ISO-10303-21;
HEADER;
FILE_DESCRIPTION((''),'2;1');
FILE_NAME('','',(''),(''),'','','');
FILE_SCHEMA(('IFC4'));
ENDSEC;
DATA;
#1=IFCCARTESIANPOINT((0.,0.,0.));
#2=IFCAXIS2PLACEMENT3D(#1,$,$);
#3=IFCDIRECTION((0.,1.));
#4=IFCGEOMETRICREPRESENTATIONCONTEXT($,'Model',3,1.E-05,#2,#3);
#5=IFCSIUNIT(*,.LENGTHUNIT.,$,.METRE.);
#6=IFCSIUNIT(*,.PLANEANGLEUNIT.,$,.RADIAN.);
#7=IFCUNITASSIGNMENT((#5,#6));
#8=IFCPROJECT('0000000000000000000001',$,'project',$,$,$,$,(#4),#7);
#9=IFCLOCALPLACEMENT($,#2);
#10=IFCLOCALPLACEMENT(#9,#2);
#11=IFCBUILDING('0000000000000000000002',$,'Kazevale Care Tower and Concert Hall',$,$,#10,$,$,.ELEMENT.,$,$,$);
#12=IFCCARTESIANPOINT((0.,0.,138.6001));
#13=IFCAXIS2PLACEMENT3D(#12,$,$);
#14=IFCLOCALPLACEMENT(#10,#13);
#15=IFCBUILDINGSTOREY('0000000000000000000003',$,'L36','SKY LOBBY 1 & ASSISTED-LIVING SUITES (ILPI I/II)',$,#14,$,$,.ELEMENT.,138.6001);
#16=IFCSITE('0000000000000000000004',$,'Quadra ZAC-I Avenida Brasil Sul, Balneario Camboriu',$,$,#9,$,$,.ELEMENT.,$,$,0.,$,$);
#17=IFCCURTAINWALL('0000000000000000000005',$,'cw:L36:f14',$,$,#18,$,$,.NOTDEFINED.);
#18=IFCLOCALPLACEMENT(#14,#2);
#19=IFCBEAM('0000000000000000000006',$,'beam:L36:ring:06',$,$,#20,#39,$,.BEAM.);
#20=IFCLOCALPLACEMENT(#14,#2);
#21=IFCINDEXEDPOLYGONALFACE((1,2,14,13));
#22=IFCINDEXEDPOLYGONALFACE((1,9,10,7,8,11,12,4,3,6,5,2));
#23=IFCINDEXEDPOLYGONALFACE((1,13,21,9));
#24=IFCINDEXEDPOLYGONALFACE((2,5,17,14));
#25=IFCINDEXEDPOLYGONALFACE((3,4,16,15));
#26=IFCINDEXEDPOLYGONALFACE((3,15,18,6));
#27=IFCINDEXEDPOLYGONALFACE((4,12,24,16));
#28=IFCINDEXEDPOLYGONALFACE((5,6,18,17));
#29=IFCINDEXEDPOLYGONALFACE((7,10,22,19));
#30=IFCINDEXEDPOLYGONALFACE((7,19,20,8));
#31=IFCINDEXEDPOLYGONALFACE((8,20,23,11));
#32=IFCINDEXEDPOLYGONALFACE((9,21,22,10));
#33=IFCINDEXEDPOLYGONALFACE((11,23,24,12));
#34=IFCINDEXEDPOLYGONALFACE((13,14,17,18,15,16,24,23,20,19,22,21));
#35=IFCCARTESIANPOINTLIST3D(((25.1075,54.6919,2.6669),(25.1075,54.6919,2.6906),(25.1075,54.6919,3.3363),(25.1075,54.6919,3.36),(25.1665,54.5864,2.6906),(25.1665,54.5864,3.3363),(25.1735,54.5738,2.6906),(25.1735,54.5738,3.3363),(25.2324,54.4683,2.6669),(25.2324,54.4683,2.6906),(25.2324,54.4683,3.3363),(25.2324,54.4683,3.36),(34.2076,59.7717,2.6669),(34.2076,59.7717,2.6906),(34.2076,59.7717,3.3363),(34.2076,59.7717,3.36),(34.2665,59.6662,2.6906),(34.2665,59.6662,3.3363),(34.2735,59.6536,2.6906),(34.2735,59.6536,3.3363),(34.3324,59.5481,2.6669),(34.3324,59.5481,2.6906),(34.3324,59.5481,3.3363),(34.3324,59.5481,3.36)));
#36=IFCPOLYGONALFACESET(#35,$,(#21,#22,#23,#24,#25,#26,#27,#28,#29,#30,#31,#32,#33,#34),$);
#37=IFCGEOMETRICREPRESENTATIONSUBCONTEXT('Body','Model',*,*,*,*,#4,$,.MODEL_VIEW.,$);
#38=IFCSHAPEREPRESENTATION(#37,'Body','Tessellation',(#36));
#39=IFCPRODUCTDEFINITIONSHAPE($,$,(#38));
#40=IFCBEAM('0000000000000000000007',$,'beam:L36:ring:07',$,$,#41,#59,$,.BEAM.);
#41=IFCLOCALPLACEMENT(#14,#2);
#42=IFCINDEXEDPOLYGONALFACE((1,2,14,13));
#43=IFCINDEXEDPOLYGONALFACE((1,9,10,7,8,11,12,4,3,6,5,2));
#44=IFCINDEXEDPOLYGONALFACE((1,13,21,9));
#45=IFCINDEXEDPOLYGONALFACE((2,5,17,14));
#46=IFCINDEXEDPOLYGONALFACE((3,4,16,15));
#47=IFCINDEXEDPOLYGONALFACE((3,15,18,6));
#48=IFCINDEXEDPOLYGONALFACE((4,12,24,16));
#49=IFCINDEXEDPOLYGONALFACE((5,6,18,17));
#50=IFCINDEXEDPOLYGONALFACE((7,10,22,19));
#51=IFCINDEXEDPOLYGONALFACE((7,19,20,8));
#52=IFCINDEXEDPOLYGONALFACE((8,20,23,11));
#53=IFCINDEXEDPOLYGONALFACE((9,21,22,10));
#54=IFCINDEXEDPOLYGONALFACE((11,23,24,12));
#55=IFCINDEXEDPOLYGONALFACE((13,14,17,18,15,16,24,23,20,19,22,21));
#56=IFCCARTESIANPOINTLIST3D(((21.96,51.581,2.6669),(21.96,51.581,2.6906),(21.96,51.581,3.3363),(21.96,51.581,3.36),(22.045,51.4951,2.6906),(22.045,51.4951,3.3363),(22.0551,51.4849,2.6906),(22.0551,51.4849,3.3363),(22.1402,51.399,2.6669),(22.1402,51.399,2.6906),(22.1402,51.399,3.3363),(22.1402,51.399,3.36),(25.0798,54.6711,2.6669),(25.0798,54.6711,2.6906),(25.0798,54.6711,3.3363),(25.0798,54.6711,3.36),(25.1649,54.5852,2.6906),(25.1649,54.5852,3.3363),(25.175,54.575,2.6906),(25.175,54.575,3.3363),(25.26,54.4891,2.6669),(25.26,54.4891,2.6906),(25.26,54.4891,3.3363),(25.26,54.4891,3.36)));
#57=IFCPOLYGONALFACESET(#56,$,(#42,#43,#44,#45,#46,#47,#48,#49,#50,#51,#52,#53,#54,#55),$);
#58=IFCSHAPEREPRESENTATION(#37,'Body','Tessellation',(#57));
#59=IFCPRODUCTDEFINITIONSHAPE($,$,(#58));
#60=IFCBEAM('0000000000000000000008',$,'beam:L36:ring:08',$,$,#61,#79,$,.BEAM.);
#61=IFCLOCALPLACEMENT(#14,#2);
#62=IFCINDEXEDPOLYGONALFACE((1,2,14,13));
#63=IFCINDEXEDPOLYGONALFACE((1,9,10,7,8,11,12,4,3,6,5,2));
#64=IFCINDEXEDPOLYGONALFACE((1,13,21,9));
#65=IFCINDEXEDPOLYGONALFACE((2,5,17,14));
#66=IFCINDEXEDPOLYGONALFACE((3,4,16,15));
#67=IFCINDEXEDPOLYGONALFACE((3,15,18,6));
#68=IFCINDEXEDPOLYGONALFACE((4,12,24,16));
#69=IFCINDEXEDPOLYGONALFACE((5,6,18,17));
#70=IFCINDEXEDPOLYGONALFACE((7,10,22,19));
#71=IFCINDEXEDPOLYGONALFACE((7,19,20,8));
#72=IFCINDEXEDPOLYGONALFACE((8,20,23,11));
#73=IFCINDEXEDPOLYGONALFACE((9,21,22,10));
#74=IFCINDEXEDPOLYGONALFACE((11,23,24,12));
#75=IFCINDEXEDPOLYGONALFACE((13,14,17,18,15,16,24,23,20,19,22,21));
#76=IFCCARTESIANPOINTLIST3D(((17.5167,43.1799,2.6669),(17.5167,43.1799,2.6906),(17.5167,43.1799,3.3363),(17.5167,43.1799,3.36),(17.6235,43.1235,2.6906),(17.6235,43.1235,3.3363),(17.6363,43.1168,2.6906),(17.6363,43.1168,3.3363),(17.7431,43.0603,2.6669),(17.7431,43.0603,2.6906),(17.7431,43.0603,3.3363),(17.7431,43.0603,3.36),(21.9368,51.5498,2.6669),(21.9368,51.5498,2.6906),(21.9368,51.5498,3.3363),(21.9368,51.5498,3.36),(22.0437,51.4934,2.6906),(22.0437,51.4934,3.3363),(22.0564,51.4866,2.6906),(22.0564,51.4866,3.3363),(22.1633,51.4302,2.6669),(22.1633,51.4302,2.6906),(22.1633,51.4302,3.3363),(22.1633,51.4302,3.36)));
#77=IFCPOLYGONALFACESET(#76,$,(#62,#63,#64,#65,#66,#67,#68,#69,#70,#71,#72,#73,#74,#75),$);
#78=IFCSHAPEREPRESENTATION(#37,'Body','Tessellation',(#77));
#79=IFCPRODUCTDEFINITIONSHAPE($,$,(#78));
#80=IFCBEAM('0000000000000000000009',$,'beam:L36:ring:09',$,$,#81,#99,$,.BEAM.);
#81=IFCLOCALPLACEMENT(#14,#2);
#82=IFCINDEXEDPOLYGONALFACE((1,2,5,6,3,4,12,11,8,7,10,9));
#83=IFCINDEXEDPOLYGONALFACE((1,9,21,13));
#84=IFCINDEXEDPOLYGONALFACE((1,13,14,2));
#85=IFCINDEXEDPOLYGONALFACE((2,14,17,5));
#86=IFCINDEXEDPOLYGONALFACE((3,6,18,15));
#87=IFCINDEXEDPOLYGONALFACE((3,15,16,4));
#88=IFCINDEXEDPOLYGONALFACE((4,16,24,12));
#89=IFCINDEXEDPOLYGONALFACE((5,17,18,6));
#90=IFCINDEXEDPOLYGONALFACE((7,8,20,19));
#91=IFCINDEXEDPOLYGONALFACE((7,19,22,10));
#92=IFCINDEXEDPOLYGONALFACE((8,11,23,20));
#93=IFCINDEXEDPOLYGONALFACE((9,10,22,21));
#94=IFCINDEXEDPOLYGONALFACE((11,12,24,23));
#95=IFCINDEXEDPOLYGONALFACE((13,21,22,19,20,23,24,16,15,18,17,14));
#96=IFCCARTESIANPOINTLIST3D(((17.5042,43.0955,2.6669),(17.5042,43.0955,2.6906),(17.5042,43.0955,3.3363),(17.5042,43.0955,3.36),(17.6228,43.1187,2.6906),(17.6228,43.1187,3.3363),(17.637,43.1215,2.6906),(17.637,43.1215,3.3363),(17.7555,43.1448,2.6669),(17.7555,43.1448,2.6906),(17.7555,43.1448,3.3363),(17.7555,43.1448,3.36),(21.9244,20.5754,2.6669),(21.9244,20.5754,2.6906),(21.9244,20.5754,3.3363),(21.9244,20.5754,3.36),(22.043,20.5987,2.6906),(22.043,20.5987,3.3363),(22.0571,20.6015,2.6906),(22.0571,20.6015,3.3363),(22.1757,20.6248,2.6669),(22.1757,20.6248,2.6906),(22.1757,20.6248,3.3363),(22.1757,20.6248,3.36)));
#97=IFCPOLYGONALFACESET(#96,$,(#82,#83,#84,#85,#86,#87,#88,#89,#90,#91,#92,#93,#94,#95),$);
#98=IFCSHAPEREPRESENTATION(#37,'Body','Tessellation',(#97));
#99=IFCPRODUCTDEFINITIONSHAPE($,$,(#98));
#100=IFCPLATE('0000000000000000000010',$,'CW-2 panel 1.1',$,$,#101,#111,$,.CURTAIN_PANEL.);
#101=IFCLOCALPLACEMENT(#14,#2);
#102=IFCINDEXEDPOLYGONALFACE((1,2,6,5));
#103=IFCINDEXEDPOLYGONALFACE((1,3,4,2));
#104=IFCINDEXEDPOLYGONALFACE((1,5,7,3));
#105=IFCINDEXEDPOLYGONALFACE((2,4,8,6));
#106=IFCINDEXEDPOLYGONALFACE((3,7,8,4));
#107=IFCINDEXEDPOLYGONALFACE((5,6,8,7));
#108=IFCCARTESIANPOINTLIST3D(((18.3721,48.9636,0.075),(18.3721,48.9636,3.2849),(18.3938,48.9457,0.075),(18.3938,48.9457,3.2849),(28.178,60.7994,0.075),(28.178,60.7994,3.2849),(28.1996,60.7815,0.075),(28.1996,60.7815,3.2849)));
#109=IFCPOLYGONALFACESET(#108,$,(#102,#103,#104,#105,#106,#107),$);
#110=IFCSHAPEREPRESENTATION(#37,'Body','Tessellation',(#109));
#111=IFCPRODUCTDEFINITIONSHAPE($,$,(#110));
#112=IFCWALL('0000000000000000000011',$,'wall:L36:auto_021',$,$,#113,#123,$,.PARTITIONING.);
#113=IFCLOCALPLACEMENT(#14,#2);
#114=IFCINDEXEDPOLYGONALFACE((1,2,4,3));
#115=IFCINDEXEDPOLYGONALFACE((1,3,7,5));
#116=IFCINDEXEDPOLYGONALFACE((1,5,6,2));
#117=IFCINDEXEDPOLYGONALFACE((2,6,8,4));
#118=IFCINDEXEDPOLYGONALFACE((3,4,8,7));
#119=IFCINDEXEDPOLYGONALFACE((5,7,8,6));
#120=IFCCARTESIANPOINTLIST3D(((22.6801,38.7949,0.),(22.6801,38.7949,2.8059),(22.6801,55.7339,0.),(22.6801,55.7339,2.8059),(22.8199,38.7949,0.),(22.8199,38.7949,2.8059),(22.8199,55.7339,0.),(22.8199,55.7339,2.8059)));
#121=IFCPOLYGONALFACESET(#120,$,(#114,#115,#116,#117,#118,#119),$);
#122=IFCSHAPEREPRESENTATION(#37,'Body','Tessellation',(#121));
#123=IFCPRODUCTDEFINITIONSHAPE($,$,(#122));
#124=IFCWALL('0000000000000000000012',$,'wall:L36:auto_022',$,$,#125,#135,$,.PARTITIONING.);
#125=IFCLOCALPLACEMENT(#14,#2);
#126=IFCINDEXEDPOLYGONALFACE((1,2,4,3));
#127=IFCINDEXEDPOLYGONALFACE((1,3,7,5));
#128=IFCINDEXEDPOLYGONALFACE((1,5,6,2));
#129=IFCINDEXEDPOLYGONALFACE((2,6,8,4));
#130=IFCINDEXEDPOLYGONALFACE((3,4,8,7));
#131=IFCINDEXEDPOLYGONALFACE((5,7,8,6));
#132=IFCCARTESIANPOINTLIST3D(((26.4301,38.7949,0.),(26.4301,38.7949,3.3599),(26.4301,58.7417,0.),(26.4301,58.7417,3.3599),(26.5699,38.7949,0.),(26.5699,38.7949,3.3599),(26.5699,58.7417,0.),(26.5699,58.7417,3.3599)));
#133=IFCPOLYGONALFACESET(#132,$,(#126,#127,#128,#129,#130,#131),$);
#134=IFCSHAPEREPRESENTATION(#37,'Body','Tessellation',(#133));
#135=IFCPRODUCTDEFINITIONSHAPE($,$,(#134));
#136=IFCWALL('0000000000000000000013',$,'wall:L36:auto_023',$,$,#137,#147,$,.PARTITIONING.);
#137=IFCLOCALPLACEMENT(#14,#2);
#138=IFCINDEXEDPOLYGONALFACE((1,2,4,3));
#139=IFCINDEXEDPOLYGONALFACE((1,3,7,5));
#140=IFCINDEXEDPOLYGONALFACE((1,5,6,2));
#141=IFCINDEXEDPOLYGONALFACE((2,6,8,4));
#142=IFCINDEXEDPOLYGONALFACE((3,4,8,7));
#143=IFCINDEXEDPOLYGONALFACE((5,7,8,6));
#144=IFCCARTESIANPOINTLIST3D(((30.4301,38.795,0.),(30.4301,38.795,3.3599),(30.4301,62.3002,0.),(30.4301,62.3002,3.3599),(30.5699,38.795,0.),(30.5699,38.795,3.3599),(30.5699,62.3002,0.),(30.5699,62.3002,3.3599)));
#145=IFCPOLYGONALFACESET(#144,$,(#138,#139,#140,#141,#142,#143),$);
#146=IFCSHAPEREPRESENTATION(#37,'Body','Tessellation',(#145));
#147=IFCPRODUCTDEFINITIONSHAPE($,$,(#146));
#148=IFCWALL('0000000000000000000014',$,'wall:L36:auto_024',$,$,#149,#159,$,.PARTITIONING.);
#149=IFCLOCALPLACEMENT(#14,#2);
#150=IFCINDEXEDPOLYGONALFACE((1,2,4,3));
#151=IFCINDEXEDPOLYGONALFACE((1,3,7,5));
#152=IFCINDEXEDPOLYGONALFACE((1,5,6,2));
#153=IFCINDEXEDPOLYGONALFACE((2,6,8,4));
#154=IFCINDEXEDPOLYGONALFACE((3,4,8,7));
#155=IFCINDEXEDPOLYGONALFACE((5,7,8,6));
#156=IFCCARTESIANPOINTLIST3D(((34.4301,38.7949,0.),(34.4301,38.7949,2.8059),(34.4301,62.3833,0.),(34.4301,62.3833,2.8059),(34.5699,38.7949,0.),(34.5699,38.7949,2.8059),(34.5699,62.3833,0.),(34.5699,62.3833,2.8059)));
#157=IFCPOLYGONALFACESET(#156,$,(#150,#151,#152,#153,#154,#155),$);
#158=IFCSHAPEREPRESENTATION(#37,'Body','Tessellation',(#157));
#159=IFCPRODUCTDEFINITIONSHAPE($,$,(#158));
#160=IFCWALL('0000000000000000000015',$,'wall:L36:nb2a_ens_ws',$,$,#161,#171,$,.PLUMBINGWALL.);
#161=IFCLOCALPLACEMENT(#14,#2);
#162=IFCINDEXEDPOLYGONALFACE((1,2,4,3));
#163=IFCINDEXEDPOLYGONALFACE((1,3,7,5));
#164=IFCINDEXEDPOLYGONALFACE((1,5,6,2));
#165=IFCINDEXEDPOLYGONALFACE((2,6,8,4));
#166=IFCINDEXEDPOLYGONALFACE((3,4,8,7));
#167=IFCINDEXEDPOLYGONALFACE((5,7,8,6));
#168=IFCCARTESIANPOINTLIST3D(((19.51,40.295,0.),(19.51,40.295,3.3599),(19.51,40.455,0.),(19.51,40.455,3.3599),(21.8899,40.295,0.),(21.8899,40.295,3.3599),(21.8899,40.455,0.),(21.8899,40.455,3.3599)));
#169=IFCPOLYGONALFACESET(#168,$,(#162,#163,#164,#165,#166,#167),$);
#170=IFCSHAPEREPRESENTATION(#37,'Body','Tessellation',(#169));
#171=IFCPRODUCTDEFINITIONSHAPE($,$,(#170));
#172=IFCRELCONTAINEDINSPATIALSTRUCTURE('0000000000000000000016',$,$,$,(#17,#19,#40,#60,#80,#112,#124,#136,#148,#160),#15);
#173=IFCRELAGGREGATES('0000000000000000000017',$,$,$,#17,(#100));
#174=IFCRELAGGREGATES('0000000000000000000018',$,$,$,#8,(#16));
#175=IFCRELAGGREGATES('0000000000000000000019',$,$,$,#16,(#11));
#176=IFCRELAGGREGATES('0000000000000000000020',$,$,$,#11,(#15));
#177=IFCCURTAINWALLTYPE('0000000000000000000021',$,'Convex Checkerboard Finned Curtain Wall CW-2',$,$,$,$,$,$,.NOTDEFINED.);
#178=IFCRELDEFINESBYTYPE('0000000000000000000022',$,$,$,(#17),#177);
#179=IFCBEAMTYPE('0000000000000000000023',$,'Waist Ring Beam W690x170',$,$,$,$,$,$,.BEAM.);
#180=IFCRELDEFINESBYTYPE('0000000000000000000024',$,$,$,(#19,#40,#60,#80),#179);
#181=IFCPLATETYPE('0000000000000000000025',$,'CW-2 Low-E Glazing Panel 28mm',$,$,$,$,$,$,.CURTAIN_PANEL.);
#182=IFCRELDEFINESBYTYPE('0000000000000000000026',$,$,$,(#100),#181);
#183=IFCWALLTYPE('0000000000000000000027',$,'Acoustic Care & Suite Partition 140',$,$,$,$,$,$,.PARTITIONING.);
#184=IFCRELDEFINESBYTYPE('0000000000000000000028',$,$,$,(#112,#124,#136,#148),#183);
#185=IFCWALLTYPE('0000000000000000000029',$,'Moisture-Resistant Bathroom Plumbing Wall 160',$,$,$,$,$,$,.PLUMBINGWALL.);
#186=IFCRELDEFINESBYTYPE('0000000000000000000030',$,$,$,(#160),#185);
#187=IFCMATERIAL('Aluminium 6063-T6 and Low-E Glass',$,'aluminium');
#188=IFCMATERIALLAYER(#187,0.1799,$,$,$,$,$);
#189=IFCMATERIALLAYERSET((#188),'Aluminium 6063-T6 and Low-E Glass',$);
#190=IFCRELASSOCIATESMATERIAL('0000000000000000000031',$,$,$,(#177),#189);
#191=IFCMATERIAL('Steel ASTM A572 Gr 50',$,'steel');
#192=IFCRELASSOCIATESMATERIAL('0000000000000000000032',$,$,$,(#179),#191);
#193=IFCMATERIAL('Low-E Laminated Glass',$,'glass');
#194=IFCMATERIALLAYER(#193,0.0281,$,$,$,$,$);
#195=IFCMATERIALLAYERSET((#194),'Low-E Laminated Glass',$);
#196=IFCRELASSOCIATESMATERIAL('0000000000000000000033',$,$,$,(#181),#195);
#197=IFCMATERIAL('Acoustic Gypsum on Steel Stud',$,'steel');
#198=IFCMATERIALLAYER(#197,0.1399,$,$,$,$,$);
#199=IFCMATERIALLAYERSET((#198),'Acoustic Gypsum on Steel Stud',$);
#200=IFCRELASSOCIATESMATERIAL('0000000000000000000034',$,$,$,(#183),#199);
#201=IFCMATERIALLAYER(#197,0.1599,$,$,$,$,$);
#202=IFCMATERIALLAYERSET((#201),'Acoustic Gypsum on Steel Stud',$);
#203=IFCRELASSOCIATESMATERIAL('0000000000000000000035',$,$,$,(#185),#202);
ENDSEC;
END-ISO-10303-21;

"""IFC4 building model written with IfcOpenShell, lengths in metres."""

from ifc_helpers import new_model, si_unit, direction, frame, frame_2d, origin, origin_2d, place, context, subcontext, project, spatial, rectangle, i_section, extrude, material, layer, layer_set, material_profile, profile_set, type_object, element, aggregate, save


model = new_model("IFC4")

# Units and contexts
model_context = context("Model", 3, precision=1e-05, world=origin(), true_north=direction((0.0, 1.0)))
body_context = subcontext(model_context, "Body", "Model", "MODEL_VIEW")
ifc_project = project(units=[si_unit("LENGTHUNIT", "METRE"), si_unit("PLANEANGLEUNIT", "RADIAN")], contexts=[model_context])

# Site, building, storey
site_placement = place(None, origin())
site = spatial("IfcSite", under=ifc_project, at=site_placement, Name="Quadra ZAC-I Avenida Brasil Sul, Balneario Camboriu", CompositionType="ELEMENT", RefElevation=0.0)
building_placement = place(site_placement, origin())
building = spatial("IfcBuilding", under=site, at=building_placement, Name="Kazevale Care Tower and Concert Hall", CompositionType="ELEMENT")
storey_placement = place(building_placement, frame((0.0, 0.0, 138.6001)))
storey = spatial("IfcBuildingStorey", under=building, at=storey_placement, Name="L36", Description="SKY LOBBY 1 & ASSISTED-LIVING SUITES (ILPI I/II)", CompositionType="ELEMENT", Elevation=138.6001)

# Curtain wall
ifc_material_1 = material(Name="Aluminium 6063-T6 and Low-E Glass", Category="aluminium")
ifc_layer_1 = layer(ifc_material_1, 0.1799)
ifc_layer_set_1 = layer_set([ifc_layer_1], Name="Aluminium 6063-T6 and Low-E Glass")
curtain_wall_type_1 = type_object("IfcCurtainWallType", Name="Convex Checkerboard Finned Curtain Wall CW-2", PredefinedType="NOTDEFINED", material=ifc_layer_set_1)
curtain_wall_1_placement = place(storey_placement, origin())
curtain_wall_1 = element("IfcCurtainWall", 1, at=curtain_wall_1_placement, inside=storey, type_object=curtain_wall_type_1, Name="cw:L36:f14", PredefinedType="NOTDEFINED")

# Beams
ifc_material_2 = material(Name="Steel ASTM A572 Gr 50", Category="steel")
ifc_material_profile_1 = material_profile(ifc_material_2, i_section(OverallWidth=0.2561, OverallDepth=0.6931, WebThickness=0.0144, FlangeThickness=0.0237, at=origin_2d()), Name="W690x170")
ifc_profile_set_1 = profile_set([ifc_material_profile_1], Name="Steel ASTM A572 Gr 50")
beam_type_1 = type_object("IfcBeamType", Name="Waist Ring Beam W690x170", PredefinedType="BEAM", material=ifc_profile_set_1)
beam_1_placement = place(storey_placement, frame((34.27, 59.6599, 3.0134), z_axis=(-0.873169, -0.487418, 0.0), x_axis=(0.487418, -0.873169, 0.0)))
element("IfcBeam", 2, at=beam_1_placement, inside=storey, type_object=beam_type_1, Name="beam:L36:ring:06", PredefinedType="BEAM", context=body_context, shape_type="SweptSolid", body=[
    extrude(i_section(OverallWidth=0.2561, OverallDepth=0.6931, WebThickness=0.0144, FlangeThickness=0.0237, at=origin_2d()), origin(), (0.0, 0.0, 1.0), 10.4219),
])
beam_2_placement = place(storey_placement, frame((25.1699, 54.5801, 3.0134), z_axis=(-0.71049, -0.703707, 0.0), x_axis=(0.703707, -0.71049, 0.0)))
element("IfcBeam", 3, at=beam_2_placement, inside=storey, type_object=beam_type_1, Name="beam:L36:ring:07", PredefinedType="BEAM", context=body_context, shape_type="SweptSolid", body=[
    extrude(i_section(OverallWidth=0.2561, OverallDepth=0.6931, WebThickness=0.0144, FlangeThickness=0.0237, at=origin_2d()), origin(), (0.0, 0.0, 1.0), 4.3911),
])
beam_3_placement = place(storey_placement, frame((22.05, 51.49, 3.0134), z_axis=(-0.466984, -0.884266, 0.0), x_axis=(0.884266, -0.466984, 0.0)))
element("IfcBeam", 4, at=beam_3_placement, inside=storey, type_object=beam_type_1, Name="beam:L36:ring:08", PredefinedType="BEAM", context=body_context, shape_type="SweptSolid", body=[
    extrude(i_section(OverallWidth=0.2561, OverallDepth=0.6931, WebThickness=0.0144, FlangeThickness=0.0237, at=origin_2d()), origin(), (0.0, 0.0, 1.0), 9.4653),
])
beam_4_placement = place(storey_placement, frame((17.6299, 43.1201, 3.0134), z_axis=(0.192602, -0.981277, 0.0), x_axis=(0.981277, 0.192602, 0.0)))
element("IfcBeam", 5, at=beam_4_placement, inside=storey, type_object=beam_type_1, Name="beam:L36:ring:09", PredefinedType="BEAM", context=body_context, shape_type="SweptSolid", body=[
    extrude(i_section(OverallWidth=0.2561, OverallDepth=0.6931, WebThickness=0.0144, FlangeThickness=0.0237, at=origin_2d()), origin(), (0.0, 0.0, 1.0), 22.9497),
])

# Plate
ifc_material_3 = material(Name="Low-E Laminated Glass", Category="glass")
ifc_layer_2 = layer(ifc_material_3, 0.0281)
ifc_layer_set_2 = layer_set([ifc_layer_2], Name="Low-E Laminated Glass")
plate_type = type_object("IfcPlateType", Name="CW-2 Low-E Glazing Panel 28mm", PredefinedType="CURTAIN_PANEL", material=ifc_layer_set_2)
plate_placement = place(storey_placement, frame((23.2859, 54.8726, 0.075), z_axis=(0.0, 0.0, 1.0), x_axis=(0.637984, 0.77005, 0.0)))
plate = element("IfcPlate", 6, at=plate_placement, type_object=plate_type, Name="CW-2 panel 1.1", PredefinedType="CURTAIN_PANEL", context=body_context, shape_type="SweptSolid", body=[
    extrude(rectangle(XDim=15.3701, YDim=0.0281, at=origin_2d()), origin(), (0.0, 0.0, 1.0), 3.21),
])
aggregate(curtain_wall_1, [plate])

# Walls
ifc_material_4 = material(Name="Acoustic Gypsum on Steel Stud", Category="steel")
ifc_layer_3 = layer(ifc_material_4, 0.1399)
ifc_layer_set_3 = layer_set([ifc_layer_3], Name="Acoustic Gypsum on Steel Stud")
wall_type_1 = type_object("IfcWallType", Name="Acoustic Care & Suite Partition 140", PredefinedType="PARTITIONING", material=ifc_layer_set_3)
wall_1_placement = place(storey_placement, frame((22.75, 55.7339, 0.0), z_axis=(0.0, 0.0, 1.0), x_axis=(0.0, -1.0, 0.0)))
element("IfcWall", 7, at=wall_1_placement, inside=storey, type_object=wall_type_1, Name="wall:L36:auto_021", PredefinedType="PARTITIONING", context=body_context, shape_type="SweptSolid", body=[
    extrude(rectangle(XDim=16.939, YDim=0.1399, at=frame_2d((8.4695, 0.0))), origin(), (0.0, 0.0, 1.0), 2.8059),
])
wall_2_placement = place(storey_placement, frame((26.5, 58.7417, 0.0), z_axis=(0.0, 0.0, 1.0), x_axis=(0.0, -1.0, 0.0)))
element("IfcWall", 8, at=wall_2_placement, inside=storey, type_object=wall_type_1, Name="wall:L36:auto_022", PredefinedType="PARTITIONING", context=body_context, shape_type="SweptSolid", body=[
    extrude(rectangle(XDim=19.9468, YDim=0.1399, at=frame_2d((9.9734, 0.0))), origin(), (0.0, 0.0, 1.0), 3.3599),
])
wall_3_placement = place(storey_placement, frame((30.5, 62.3, 0.0), z_axis=(0.0, 0.0, 1.0), x_axis=(0.0, -1.0, 0.0)))
element("IfcWall", 9, at=wall_3_placement, inside=storey, type_object=wall_type_1, Name="wall:L36:auto_023", PredefinedType="PARTITIONING", context=body_context, shape_type="SweptSolid", body=[
    extrude(rectangle(XDim=23.5051, YDim=0.1399, at=frame_2d((11.7524, 0.0))), origin(), (0.0, 0.0, 1.0), 3.3599),
])
wall_4_placement = place(storey_placement, frame((34.5, 62.3833, 0.0), z_axis=(0.0, 0.0, 1.0), x_axis=(0.0, -1.0, 0.0)))
element("IfcWall", 10, at=wall_4_placement, inside=storey, type_object=wall_type_1, Name="wall:L36:auto_024", PredefinedType="PARTITIONING", context=body_context, shape_type="SweptSolid", body=[
    extrude(rectangle(XDim=23.5884, YDim=0.1399, at=frame_2d((11.7942, 0.0))), origin(), (0.0, 0.0, 1.0), 2.8059),
])
ifc_layer_4 = layer(ifc_material_4, 0.1599)
ifc_layer_set_4 = layer_set([ifc_layer_4], Name="Acoustic Gypsum on Steel Stud")
wall_type_2 = type_object("IfcWallType", Name="Moisture-Resistant Bathroom Plumbing Wall 160", PredefinedType="PLUMBINGWALL", material=ifc_layer_set_4)
wall_5_placement = place(storey_placement, frame((19.51, 40.375, 0.0), z_axis=(0.0, 0.0, 1.0), x_axis=(1.0, 0.0, 0.0)))
element("IfcWall", 11, at=wall_5_placement, inside=storey, type_object=wall_type_2, Name="wall:L36:nb2a_ens_ws", PredefinedType="PLUMBINGWALL", context=body_context, shape_type="SweptSolid", body=[
    extrude(rectangle(XDim=2.3799, YDim=0.1599, at=frame_2d((1.1899, 0.0))), origin(), (0.0, 0.0, 1.0), 3.3599),
])

save(model, "model.ifc")
